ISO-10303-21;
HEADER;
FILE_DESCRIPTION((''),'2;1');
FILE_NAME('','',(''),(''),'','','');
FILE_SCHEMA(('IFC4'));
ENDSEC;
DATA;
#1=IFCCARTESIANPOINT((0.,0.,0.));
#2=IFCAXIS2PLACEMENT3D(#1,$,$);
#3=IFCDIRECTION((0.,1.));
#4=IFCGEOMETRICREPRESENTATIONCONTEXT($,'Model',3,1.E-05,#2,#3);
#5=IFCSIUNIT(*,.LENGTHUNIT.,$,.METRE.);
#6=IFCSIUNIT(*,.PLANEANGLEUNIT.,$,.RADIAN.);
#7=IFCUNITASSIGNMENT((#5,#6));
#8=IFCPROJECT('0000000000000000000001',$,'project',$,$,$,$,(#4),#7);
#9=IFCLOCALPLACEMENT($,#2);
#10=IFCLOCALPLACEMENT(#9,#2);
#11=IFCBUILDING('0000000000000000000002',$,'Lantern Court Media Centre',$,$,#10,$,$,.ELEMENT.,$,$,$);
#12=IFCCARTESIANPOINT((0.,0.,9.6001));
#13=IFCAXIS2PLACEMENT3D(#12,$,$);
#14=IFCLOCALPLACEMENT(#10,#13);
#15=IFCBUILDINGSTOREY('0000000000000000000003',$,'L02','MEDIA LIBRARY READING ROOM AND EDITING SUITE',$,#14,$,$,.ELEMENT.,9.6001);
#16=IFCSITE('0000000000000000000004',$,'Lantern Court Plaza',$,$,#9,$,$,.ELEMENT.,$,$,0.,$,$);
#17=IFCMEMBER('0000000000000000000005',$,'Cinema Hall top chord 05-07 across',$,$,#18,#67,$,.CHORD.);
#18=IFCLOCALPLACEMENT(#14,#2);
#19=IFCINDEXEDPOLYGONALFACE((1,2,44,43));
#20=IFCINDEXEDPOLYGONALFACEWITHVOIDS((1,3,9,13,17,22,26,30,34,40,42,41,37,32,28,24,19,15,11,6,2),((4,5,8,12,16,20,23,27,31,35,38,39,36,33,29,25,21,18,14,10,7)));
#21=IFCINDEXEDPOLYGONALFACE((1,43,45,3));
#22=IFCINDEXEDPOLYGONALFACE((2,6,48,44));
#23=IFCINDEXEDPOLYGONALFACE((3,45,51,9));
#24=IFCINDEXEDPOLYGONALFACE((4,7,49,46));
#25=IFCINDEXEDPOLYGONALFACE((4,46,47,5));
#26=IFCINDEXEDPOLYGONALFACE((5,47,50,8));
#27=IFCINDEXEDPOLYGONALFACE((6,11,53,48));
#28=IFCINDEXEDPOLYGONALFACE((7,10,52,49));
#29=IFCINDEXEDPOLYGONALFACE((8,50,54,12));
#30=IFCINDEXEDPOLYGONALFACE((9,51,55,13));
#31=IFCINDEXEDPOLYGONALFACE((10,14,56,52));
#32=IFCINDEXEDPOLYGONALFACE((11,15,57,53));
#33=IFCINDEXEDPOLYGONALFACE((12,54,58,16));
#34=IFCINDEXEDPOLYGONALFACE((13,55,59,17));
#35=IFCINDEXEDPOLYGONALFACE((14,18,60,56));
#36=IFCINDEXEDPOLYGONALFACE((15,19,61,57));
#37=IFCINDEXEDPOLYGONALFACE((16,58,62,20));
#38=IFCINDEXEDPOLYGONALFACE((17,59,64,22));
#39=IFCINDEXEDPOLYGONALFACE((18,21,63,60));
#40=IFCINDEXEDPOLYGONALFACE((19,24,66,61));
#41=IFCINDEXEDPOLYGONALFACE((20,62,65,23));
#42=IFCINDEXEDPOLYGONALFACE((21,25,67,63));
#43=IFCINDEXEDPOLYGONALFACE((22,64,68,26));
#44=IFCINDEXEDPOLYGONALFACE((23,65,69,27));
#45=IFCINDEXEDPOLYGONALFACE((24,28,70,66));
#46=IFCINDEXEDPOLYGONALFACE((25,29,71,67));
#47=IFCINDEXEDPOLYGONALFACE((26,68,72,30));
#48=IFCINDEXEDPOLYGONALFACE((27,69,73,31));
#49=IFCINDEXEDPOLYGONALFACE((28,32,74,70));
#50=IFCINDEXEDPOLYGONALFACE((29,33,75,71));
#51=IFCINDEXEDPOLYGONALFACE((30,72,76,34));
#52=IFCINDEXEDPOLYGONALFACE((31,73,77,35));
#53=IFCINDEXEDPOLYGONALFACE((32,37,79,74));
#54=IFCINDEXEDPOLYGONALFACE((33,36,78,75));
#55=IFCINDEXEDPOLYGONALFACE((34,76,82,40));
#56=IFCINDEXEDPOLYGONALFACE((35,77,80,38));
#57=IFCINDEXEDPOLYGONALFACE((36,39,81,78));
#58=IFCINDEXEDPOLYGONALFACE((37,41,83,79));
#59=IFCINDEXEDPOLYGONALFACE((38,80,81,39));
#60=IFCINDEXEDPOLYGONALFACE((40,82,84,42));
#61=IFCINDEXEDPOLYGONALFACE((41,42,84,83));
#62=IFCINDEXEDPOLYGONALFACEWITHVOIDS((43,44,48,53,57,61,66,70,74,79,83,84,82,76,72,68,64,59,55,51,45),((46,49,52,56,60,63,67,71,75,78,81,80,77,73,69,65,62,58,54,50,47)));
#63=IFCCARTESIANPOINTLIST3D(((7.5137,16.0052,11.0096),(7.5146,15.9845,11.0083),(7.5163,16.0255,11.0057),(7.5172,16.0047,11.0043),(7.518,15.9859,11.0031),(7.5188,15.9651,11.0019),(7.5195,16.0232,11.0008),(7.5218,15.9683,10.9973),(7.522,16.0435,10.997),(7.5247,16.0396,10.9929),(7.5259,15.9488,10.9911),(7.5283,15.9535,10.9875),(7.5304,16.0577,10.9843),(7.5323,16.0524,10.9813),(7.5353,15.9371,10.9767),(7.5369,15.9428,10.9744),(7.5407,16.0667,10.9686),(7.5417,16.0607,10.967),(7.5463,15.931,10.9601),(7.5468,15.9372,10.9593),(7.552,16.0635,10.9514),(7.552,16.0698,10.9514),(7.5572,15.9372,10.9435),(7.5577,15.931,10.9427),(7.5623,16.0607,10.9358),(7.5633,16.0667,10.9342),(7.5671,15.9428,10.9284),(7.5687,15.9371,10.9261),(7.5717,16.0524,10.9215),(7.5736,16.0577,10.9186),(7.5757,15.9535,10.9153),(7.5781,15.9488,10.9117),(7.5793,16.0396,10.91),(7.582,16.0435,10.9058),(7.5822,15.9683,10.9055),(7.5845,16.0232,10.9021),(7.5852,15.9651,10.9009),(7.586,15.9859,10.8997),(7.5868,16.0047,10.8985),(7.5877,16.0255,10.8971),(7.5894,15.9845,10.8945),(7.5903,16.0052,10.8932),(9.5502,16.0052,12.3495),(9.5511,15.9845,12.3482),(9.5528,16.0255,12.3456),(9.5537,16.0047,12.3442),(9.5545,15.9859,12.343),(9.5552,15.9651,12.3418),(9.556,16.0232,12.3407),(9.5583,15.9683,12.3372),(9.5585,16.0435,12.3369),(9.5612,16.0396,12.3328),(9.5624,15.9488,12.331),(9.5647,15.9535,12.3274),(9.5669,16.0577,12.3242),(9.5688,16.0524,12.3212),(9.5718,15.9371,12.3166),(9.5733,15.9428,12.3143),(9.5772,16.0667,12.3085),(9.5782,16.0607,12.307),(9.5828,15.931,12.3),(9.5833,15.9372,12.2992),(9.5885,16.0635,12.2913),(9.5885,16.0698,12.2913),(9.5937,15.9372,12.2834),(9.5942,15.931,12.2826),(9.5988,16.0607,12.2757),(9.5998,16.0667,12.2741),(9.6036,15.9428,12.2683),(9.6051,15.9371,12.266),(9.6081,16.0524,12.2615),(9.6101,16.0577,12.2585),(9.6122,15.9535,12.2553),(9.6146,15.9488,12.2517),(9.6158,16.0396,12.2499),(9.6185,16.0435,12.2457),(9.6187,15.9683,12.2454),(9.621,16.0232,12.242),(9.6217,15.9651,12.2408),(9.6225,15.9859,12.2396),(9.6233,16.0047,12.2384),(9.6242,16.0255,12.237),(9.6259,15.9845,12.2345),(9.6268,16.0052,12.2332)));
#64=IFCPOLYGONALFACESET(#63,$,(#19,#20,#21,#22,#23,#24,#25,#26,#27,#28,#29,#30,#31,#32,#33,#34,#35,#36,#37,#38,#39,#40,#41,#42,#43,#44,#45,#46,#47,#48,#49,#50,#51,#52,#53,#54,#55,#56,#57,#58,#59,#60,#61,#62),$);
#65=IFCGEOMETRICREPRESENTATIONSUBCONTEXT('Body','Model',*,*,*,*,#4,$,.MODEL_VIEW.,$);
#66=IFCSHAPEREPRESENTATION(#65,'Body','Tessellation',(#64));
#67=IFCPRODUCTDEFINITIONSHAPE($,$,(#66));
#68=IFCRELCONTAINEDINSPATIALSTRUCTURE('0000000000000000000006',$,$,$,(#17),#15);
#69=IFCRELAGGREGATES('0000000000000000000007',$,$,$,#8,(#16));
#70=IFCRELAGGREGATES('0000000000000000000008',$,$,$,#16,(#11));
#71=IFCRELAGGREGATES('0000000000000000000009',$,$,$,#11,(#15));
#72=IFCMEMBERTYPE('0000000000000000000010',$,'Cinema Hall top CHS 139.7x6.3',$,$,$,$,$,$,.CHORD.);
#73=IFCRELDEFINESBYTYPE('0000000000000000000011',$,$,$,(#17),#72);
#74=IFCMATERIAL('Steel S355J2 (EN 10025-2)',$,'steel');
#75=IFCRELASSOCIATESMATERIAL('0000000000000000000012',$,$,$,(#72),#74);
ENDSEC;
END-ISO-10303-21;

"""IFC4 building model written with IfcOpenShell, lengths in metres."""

from ifc_helpers import new_model, si_unit, direction, frame, origin, origin_2d, place, context, subcontext, project, spatial, hollow_circle, extrude, material, material_profile, profile_set, type_object, element, save


model = new_model("IFC4")

# Units and contexts
model_context = context("Model", 3, precision=1e-05, world=origin(), true_north=direction((0.0, 1.0)))
body_context = subcontext(model_context, "Body", "Model", "MODEL_VIEW")
ifc_project = project(units=[si_unit("LENGTHUNIT", "METRE"), si_unit("PLANEANGLEUNIT", "RADIAN")], contexts=[model_context])

# Site, building, storey
site_placement = place(None, origin())
site = spatial("IfcSite", under=ifc_project, at=site_placement, Name="Lantern Court Plaza", CompositionType="ELEMENT", RefElevation=0.0)
building_placement = place(site_placement, origin())
building = spatial("IfcBuilding", under=site, at=building_placement, Name="Lantern Court Media Centre", CompositionType="ELEMENT")
storey_placement = place(building_placement, frame((0.0, 0.0, 9.6001)))
storey = spatial("IfcBuildingStorey", under=building, at=storey_placement, Name="L02", Description="MEDIA LIBRARY READING ROOM AND EDITING SUITE", CompositionType="ELEMENT", Elevation=9.6001)

# Member
ifc_material = material(Name="Steel S355J2 (EN 10025-2)", Category="steel")
ifc_material_profile_1 = material_profile(ifc_material, hollow_circle(Radius=0.0698, WallThickness=0.0063, at=origin_2d()), Name="Cinema Hall top CHS 139.7x6.3")
ifc_profile_set_1 = profile_set([ifc_material_profile_1], Name="Steel S355J2 (EN 10025-2)")
member_type_1 = type_object("IfcMemberType", Name="Cinema Hall top CHS 139.7x6.3", PredefinedType="CHORD", material=ifc_profile_set_1)
for number, where, z_axis, x_axis, name in (
    (1, (7.552, 16.0, 10.9514), (0.835394, 0.0, 0.549651), (0.0, 1.0, 0.0), "Cinema Hall top chord 05-07 across"),
):
    element("IfcMember", number, at=place(storey_placement, frame(where, z_axis=z_axis, x_axis=x_axis)), inside=storey, type_object=member_type_1, Name=name, PredefinedType="CHORD", context=body_context, shape_type="SweptSolid", body=[
        extrude(hollow_circle(Radius=0.0698, WallThickness=0.0063, at=origin_2d()), origin(), (0.0, 0.0, 1.0), 2.4377),
    ])

save(model, "model.ifc")
